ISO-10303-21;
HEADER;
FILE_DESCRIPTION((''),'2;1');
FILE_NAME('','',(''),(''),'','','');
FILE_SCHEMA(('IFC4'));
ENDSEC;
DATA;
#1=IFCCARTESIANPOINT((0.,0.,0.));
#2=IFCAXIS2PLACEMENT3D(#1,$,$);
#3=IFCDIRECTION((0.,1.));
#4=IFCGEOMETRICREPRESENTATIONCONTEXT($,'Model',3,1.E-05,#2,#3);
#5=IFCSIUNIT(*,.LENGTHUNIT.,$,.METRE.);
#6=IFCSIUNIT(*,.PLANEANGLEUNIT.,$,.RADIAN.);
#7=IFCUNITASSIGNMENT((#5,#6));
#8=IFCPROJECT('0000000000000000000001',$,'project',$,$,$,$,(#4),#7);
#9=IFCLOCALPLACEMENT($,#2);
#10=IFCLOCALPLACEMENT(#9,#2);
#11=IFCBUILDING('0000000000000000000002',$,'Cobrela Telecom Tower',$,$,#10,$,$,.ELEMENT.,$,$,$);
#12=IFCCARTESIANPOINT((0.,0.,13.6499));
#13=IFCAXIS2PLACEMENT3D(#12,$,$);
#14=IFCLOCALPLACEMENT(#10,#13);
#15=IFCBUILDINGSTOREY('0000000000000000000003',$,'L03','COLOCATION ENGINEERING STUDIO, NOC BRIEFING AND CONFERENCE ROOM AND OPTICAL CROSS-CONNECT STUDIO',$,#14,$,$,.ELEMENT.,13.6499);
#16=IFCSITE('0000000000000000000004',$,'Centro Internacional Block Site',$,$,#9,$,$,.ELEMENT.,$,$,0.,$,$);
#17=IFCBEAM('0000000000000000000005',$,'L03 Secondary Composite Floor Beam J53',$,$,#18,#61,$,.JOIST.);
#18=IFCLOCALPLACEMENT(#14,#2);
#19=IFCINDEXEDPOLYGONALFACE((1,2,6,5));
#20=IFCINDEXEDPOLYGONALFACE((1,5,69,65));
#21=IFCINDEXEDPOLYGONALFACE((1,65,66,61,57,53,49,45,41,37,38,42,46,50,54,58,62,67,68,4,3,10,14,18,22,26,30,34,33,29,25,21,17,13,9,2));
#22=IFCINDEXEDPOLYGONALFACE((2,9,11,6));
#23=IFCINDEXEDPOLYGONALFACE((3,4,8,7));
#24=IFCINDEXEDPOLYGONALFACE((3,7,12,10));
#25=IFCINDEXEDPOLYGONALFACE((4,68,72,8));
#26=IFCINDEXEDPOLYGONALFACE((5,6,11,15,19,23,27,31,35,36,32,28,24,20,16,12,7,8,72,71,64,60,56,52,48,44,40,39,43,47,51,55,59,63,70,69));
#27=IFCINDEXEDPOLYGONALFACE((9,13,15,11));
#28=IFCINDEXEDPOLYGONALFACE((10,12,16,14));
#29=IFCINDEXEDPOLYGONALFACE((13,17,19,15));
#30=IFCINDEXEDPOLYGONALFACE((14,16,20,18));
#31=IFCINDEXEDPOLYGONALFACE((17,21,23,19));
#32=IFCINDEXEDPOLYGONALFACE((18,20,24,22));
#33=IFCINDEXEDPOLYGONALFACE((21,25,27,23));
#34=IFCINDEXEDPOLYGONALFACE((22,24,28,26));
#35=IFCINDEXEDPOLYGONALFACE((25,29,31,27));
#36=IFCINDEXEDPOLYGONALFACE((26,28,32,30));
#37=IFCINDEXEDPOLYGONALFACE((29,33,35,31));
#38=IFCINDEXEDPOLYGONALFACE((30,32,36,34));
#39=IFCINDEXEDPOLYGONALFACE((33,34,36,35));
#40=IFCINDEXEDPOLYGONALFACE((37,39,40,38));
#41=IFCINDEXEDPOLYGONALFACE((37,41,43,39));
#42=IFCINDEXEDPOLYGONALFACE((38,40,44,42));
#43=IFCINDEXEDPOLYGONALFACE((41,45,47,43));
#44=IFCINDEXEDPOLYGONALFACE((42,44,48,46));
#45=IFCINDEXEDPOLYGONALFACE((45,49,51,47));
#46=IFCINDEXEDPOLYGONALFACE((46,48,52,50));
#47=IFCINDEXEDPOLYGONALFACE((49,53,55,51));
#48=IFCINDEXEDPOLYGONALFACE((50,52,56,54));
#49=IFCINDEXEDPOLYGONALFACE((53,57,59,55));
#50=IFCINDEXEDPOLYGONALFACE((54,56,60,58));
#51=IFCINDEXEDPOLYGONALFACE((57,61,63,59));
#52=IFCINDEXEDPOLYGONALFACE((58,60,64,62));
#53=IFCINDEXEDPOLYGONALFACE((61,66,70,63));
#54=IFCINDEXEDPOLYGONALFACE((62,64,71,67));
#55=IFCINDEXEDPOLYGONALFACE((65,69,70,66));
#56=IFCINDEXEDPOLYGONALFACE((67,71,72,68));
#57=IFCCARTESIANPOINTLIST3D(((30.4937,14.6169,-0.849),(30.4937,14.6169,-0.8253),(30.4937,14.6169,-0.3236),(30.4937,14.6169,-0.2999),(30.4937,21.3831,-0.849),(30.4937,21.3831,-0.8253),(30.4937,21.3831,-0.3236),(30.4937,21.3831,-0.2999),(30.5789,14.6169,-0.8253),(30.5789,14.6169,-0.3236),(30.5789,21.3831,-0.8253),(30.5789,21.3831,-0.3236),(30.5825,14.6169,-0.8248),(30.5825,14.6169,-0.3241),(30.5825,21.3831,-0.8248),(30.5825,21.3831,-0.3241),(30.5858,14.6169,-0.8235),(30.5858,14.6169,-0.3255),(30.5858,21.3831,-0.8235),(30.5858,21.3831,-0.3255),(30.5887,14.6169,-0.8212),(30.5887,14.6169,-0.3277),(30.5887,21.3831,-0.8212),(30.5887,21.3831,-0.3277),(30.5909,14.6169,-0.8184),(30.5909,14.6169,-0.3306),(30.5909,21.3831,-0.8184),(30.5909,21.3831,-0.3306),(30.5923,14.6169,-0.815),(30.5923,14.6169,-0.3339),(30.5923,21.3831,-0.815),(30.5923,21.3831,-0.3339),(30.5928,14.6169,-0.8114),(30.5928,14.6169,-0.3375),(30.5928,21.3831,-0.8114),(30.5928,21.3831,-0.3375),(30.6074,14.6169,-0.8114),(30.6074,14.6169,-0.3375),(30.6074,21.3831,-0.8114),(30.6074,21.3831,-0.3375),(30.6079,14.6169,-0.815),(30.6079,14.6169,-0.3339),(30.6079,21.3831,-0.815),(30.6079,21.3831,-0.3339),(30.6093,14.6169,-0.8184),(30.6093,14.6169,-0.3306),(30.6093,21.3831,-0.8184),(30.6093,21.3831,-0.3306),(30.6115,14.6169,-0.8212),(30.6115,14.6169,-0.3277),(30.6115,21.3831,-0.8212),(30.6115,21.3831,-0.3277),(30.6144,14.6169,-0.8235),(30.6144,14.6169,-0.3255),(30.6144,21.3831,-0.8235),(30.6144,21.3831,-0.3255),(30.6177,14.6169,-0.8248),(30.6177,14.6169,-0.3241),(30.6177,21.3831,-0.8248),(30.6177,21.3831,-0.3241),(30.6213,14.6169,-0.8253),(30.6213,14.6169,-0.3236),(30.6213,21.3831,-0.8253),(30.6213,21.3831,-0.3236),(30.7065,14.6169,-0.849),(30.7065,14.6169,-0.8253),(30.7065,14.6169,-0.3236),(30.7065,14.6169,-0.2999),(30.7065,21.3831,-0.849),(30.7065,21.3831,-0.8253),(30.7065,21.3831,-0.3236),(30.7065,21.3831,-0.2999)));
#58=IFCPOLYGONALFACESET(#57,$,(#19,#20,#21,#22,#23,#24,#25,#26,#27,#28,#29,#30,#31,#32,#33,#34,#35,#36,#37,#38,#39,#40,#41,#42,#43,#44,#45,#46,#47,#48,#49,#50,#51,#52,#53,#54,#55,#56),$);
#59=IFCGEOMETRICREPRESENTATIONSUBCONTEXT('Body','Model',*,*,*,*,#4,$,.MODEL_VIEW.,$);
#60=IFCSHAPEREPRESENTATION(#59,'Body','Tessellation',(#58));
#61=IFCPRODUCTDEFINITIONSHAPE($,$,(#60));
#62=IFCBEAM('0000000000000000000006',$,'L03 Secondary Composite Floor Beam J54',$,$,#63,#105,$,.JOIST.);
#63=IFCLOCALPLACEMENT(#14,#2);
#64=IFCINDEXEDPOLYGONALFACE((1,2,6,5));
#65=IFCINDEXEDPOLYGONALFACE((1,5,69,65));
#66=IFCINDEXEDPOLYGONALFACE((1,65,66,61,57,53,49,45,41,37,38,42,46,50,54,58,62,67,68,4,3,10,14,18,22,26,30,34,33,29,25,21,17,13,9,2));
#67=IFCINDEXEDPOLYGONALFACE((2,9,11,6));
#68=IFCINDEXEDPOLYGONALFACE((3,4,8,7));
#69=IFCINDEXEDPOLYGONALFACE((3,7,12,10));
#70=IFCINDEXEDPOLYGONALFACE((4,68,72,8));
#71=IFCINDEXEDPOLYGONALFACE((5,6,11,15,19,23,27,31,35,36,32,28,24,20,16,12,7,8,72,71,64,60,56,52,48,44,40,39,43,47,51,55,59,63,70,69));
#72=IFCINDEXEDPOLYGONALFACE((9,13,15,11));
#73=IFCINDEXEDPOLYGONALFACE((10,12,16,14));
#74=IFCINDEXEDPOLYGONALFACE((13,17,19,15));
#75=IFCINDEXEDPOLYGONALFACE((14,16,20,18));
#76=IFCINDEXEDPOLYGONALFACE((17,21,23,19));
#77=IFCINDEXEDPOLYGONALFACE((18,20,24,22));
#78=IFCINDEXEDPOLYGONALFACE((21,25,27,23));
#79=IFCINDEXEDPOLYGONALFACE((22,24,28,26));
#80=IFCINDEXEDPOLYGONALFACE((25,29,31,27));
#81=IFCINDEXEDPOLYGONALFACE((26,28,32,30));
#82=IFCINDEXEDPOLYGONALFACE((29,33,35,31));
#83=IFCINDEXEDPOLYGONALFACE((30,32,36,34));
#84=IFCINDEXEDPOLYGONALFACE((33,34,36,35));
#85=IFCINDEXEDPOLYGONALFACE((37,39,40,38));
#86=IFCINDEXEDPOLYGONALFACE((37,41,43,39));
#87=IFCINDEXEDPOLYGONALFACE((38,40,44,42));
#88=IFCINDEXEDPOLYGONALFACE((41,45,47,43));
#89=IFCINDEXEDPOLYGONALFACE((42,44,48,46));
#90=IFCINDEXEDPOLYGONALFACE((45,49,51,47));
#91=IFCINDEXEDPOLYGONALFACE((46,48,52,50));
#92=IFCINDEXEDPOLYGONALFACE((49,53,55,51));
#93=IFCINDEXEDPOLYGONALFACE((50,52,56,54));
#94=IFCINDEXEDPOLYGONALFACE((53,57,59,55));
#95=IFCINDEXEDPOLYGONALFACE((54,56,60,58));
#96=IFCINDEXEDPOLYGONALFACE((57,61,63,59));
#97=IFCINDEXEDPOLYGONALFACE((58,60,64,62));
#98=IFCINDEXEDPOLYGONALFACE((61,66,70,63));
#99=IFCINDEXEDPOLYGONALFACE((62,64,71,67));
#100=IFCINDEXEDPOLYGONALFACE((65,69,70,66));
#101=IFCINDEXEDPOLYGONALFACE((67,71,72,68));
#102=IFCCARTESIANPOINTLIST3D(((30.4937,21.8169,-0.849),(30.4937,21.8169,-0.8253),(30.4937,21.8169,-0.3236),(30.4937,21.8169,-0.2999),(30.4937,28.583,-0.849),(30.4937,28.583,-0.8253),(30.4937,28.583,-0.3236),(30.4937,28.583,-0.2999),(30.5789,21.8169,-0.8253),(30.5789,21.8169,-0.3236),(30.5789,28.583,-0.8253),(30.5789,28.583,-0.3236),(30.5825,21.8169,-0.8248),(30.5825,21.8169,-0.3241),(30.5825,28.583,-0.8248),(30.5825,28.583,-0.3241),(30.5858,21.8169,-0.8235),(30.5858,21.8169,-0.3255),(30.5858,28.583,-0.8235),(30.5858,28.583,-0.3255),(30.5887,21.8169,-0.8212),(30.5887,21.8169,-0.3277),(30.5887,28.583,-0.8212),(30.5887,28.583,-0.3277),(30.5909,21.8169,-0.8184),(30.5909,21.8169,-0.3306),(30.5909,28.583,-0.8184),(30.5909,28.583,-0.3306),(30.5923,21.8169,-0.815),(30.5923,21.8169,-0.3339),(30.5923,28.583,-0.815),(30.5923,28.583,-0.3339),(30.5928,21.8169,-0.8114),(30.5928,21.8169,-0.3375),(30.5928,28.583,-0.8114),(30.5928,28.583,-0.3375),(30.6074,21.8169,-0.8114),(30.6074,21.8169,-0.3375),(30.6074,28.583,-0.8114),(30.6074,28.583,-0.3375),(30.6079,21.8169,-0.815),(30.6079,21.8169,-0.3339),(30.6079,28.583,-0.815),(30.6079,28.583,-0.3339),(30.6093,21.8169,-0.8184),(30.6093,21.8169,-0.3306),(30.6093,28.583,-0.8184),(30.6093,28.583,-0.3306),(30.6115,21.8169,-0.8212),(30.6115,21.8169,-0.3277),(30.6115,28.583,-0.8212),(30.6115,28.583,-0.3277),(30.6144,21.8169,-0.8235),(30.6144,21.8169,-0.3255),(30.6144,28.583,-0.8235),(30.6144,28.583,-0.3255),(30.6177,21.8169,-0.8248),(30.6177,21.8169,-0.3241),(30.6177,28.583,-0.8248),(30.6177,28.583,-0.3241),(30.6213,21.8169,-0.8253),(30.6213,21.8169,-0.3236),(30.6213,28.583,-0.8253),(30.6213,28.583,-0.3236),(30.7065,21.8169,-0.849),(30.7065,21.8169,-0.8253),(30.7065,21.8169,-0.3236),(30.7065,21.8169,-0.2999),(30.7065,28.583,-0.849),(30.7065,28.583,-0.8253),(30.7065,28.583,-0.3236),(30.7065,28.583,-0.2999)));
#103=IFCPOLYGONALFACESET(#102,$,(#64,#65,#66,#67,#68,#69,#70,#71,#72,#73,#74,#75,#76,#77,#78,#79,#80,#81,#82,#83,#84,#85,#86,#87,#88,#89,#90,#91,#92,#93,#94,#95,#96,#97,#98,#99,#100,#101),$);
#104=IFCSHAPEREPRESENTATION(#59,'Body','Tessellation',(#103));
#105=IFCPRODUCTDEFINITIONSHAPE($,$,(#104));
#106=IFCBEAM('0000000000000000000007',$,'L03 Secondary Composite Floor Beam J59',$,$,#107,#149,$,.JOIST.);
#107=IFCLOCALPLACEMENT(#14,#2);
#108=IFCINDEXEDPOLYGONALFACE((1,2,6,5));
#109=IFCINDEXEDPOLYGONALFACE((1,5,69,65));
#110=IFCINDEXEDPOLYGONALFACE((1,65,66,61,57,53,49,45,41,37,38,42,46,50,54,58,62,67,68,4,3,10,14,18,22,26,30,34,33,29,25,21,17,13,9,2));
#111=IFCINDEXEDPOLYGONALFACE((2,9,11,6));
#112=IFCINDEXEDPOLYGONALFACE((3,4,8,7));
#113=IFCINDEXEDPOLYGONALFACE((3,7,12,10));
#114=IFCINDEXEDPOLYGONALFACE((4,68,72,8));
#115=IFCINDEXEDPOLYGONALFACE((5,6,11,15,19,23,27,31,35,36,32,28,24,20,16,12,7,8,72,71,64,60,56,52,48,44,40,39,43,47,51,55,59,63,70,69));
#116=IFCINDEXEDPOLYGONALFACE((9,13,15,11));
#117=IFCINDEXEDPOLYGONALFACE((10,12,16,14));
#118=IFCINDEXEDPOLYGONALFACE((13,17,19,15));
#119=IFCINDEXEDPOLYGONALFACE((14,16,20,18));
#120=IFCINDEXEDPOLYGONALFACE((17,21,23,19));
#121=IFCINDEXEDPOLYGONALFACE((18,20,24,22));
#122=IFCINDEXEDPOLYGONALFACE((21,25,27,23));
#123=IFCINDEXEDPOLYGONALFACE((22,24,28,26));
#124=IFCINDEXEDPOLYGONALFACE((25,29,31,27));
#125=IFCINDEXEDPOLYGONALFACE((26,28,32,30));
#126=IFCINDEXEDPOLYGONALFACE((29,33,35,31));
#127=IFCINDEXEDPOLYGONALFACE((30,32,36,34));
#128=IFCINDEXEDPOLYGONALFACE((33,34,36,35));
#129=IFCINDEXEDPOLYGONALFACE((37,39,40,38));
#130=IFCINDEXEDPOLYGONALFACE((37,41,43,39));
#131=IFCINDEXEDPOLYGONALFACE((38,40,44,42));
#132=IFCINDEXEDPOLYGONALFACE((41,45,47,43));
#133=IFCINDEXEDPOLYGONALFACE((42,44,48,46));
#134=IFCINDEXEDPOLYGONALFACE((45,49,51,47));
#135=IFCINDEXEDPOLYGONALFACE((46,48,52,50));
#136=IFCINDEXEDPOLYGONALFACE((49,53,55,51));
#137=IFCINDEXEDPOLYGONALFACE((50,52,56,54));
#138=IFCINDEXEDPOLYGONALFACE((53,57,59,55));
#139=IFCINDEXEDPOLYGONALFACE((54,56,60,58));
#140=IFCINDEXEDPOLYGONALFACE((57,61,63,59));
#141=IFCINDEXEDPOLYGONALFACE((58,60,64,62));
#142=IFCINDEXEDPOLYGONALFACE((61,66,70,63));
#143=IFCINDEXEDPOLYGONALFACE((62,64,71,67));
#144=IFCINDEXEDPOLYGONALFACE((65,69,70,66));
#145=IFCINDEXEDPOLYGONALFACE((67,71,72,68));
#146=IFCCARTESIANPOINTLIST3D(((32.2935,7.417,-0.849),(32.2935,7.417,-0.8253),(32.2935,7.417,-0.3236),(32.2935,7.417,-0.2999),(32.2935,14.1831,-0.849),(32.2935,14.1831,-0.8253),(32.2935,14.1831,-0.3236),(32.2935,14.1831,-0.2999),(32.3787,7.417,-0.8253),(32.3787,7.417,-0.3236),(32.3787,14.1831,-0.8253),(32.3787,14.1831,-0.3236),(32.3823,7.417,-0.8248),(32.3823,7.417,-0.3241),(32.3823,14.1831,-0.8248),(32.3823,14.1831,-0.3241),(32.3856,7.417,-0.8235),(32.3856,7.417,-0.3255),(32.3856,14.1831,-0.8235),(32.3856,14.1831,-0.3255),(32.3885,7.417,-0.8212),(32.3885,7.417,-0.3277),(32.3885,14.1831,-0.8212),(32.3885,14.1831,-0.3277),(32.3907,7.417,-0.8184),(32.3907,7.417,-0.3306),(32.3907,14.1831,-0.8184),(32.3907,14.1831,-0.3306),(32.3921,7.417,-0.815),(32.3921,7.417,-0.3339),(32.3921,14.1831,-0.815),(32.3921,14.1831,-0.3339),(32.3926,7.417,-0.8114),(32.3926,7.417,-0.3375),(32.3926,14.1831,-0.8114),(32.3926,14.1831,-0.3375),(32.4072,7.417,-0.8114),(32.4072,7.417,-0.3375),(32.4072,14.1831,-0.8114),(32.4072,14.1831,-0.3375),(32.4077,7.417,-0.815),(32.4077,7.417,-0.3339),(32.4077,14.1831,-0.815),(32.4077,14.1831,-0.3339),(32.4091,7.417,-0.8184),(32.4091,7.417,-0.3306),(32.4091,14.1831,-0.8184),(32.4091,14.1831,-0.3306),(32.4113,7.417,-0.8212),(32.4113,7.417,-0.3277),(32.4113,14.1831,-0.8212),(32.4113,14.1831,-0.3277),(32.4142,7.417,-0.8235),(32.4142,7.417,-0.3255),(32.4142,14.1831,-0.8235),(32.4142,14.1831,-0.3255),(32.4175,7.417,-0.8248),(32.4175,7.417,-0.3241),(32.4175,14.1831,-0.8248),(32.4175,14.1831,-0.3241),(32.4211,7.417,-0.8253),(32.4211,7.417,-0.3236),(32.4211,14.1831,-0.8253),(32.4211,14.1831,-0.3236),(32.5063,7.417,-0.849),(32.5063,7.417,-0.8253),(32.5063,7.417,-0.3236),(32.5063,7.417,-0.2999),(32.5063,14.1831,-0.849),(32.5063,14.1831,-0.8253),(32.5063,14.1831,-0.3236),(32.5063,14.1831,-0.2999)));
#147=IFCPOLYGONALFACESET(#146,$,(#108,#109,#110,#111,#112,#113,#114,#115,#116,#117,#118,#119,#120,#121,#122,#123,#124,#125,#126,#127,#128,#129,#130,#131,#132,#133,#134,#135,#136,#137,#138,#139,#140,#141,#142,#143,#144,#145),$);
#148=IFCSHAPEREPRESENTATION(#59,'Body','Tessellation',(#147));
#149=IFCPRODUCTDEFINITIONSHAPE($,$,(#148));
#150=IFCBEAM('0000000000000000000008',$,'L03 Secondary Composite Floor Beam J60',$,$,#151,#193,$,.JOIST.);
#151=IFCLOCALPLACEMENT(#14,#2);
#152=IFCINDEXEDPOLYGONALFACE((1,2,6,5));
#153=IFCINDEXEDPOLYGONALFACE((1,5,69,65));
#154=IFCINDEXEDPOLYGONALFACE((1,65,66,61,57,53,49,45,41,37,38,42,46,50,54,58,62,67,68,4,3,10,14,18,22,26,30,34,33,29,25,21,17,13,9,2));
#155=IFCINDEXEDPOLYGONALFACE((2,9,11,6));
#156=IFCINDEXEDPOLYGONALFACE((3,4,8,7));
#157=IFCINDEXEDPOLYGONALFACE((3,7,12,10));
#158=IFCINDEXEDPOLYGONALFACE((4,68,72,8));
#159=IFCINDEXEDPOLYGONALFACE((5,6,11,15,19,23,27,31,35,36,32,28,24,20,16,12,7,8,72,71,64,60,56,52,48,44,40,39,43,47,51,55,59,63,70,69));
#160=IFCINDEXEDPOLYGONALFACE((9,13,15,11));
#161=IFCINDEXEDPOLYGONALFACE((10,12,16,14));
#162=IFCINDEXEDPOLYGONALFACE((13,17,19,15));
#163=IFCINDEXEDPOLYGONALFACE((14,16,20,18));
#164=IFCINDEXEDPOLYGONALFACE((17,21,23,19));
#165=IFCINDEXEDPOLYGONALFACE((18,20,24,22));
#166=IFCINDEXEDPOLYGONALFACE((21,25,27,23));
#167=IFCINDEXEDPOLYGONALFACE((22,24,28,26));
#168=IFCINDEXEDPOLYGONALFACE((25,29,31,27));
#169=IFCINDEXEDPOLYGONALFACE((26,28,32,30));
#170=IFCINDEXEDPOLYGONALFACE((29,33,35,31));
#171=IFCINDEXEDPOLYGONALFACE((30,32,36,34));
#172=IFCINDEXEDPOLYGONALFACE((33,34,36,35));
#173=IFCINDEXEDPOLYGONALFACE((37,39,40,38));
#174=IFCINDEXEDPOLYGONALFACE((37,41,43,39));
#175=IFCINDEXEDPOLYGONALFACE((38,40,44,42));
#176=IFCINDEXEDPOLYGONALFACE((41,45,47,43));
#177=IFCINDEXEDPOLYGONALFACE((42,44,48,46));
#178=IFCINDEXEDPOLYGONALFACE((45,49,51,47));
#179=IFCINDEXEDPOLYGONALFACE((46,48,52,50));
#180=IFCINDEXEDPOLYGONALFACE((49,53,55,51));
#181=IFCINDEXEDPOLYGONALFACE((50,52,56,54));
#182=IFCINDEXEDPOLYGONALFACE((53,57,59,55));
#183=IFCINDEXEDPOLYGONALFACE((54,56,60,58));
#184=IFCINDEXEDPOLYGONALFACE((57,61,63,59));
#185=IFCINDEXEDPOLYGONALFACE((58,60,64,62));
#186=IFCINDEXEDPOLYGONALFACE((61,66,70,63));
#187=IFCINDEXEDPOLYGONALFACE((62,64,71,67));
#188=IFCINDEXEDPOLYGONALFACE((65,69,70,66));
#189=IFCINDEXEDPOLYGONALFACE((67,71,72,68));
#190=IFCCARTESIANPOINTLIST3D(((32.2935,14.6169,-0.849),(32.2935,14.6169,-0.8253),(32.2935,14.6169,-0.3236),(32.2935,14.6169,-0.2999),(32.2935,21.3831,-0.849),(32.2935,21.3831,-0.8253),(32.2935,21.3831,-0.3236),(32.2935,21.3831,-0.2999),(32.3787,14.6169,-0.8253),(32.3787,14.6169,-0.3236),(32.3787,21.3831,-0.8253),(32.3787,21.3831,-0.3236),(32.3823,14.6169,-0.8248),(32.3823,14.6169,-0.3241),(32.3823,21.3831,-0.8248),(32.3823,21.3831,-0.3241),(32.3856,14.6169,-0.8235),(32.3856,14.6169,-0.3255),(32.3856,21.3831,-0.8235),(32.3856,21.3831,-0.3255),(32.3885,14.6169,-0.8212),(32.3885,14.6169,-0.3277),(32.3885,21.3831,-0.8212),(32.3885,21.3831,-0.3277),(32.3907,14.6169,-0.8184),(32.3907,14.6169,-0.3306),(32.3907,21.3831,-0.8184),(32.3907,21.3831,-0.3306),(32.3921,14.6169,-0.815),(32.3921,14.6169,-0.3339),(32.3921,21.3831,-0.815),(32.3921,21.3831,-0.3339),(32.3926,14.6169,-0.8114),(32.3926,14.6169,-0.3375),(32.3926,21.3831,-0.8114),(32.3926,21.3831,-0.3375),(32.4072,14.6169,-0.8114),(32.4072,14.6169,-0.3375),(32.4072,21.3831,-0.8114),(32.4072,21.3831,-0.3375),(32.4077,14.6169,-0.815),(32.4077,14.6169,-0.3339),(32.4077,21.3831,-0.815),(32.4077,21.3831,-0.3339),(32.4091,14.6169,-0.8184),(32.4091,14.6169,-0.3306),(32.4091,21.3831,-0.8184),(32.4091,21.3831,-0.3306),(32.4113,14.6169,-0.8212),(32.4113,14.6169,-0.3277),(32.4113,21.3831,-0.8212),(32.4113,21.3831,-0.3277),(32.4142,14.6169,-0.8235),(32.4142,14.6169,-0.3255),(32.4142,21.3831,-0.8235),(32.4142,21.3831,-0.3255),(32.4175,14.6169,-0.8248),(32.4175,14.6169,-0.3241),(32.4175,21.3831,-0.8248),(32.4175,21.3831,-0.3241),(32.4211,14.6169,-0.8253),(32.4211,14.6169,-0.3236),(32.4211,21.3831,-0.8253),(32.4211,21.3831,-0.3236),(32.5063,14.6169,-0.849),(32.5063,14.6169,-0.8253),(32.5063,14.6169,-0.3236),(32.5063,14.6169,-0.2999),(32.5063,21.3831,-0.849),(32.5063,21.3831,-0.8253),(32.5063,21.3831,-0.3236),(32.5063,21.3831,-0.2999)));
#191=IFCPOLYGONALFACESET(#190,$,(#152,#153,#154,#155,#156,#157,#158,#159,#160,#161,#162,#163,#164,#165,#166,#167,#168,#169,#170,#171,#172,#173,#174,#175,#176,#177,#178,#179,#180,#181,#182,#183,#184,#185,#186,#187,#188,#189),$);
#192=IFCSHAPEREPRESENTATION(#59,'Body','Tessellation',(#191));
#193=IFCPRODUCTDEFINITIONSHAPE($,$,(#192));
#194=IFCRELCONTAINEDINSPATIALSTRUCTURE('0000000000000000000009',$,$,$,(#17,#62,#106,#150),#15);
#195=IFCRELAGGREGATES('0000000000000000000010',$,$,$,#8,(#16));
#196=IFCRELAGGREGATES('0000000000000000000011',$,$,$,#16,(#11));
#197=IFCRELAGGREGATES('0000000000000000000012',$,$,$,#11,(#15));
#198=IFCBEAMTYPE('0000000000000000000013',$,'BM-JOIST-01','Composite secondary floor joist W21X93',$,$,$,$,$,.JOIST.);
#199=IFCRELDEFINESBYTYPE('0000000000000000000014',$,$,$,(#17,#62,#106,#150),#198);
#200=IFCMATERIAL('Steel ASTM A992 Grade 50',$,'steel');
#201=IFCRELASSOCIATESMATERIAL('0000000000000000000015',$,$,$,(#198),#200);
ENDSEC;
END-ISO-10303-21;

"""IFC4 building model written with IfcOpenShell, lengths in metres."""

from ifc_helpers import new_model, si_unit, direction, frame, origin, origin_2d, place, context, subcontext, project, spatial, i_section, extrude, material, material_profile, profile_set, type_object, element, save


model = new_model("IFC4")

# Units and contexts
model_context = context("Model", 3, precision=1e-05, world=origin(), true_north=direction((0.0, 1.0)))
body_context = subcontext(model_context, "Body", "Model", "MODEL_VIEW")
ifc_project = project(units=[si_unit("LENGTHUNIT", "METRE"), si_unit("PLANEANGLEUNIT", "RADIAN")], contexts=[model_context])

# Site, building, storey
site_placement = place(None, origin())
site = spatial("IfcSite", under=ifc_project, at=site_placement, Name="Centro Internacional Block Site", CompositionType="ELEMENT", RefElevation=0.0)
building_placement = place(site_placement, origin())
building = spatial("IfcBuilding", under=site, at=building_placement, Name="Cobrela Telecom Tower", CompositionType="ELEMENT")
storey_placement = place(building_placement, frame((0.0, 0.0, 13.6499)))
storey = spatial("IfcBuildingStorey", under=building, at=storey_placement, Name="L03", Description="COLOCATION ENGINEERING STUDIO, NOC BRIEFING AND CONFERENCE ROOM AND OPTICAL CROSS-CONNECT STUDIO", CompositionType="ELEMENT", Elevation=13.6499)

# Beams
ifc_material_1 = material(Name="Steel ASTM A992 Grade 50", Category="steel")
ifc_material_profile_1 = material_profile(ifc_material_1, i_section(OverallWidth=0.2129, OverallDepth=0.5491, WebThickness=0.0146, FlangeThickness=0.0237, FilletRadius=0.0139, at=origin_2d()), Name="W21X93")
ifc_profile_set_1 = profile_set([ifc_material_profile_1], Name="Steel ASTM A992 Grade 50")
beam_type_1 = type_object("IfcBeamType", Name="BM-JOIST-01", Description="Composite secondary floor joist W21X93", PredefinedType="JOIST", material=ifc_profile_set_1)
for number, where, z_axis, x_axis, name in (
    (1, (30.6001, 14.6169, -0.5745), (0.0, 1.0, 0.0), (-1.0, 0.0, 0.0), "L03 Secondary Composite Floor Beam J53"),
    (2, (30.6001, 21.8169, -0.5745), (0.0, 1.0, 0.0), (-1.0, 0.0, 0.0), "L03 Secondary Composite Floor Beam J54"),
    (3, (32.3999, 7.417, -0.5745), (0.0, 1.0, 0.0), (-1.0, 0.0, 0.0), "L03 Secondary Composite Floor Beam J59"),
    (4, (32.3999, 14.6169, -0.5745), (0.0, 1.0, 0.0), (-1.0, 0.0, 0.0), "L03 Secondary Composite Floor Beam J60"),
):
    element("IfcBeam", number, at=place(storey_placement, frame(where, z_axis=z_axis, x_axis=x_axis)), inside=storey, type_object=beam_type_1, Name=name, PredefinedType="JOIST", context=body_context, shape_type="SweptSolid", body=[
        extrude(i_section(OverallWidth=0.2129, OverallDepth=0.5491, WebThickness=0.0146, FlangeThickness=0.0237, FilletRadius=0.0139, at=origin_2d()), origin(), (0.0, 0.0, 1.0), 6.7661),
    ])

save(model, "model.ifc")
